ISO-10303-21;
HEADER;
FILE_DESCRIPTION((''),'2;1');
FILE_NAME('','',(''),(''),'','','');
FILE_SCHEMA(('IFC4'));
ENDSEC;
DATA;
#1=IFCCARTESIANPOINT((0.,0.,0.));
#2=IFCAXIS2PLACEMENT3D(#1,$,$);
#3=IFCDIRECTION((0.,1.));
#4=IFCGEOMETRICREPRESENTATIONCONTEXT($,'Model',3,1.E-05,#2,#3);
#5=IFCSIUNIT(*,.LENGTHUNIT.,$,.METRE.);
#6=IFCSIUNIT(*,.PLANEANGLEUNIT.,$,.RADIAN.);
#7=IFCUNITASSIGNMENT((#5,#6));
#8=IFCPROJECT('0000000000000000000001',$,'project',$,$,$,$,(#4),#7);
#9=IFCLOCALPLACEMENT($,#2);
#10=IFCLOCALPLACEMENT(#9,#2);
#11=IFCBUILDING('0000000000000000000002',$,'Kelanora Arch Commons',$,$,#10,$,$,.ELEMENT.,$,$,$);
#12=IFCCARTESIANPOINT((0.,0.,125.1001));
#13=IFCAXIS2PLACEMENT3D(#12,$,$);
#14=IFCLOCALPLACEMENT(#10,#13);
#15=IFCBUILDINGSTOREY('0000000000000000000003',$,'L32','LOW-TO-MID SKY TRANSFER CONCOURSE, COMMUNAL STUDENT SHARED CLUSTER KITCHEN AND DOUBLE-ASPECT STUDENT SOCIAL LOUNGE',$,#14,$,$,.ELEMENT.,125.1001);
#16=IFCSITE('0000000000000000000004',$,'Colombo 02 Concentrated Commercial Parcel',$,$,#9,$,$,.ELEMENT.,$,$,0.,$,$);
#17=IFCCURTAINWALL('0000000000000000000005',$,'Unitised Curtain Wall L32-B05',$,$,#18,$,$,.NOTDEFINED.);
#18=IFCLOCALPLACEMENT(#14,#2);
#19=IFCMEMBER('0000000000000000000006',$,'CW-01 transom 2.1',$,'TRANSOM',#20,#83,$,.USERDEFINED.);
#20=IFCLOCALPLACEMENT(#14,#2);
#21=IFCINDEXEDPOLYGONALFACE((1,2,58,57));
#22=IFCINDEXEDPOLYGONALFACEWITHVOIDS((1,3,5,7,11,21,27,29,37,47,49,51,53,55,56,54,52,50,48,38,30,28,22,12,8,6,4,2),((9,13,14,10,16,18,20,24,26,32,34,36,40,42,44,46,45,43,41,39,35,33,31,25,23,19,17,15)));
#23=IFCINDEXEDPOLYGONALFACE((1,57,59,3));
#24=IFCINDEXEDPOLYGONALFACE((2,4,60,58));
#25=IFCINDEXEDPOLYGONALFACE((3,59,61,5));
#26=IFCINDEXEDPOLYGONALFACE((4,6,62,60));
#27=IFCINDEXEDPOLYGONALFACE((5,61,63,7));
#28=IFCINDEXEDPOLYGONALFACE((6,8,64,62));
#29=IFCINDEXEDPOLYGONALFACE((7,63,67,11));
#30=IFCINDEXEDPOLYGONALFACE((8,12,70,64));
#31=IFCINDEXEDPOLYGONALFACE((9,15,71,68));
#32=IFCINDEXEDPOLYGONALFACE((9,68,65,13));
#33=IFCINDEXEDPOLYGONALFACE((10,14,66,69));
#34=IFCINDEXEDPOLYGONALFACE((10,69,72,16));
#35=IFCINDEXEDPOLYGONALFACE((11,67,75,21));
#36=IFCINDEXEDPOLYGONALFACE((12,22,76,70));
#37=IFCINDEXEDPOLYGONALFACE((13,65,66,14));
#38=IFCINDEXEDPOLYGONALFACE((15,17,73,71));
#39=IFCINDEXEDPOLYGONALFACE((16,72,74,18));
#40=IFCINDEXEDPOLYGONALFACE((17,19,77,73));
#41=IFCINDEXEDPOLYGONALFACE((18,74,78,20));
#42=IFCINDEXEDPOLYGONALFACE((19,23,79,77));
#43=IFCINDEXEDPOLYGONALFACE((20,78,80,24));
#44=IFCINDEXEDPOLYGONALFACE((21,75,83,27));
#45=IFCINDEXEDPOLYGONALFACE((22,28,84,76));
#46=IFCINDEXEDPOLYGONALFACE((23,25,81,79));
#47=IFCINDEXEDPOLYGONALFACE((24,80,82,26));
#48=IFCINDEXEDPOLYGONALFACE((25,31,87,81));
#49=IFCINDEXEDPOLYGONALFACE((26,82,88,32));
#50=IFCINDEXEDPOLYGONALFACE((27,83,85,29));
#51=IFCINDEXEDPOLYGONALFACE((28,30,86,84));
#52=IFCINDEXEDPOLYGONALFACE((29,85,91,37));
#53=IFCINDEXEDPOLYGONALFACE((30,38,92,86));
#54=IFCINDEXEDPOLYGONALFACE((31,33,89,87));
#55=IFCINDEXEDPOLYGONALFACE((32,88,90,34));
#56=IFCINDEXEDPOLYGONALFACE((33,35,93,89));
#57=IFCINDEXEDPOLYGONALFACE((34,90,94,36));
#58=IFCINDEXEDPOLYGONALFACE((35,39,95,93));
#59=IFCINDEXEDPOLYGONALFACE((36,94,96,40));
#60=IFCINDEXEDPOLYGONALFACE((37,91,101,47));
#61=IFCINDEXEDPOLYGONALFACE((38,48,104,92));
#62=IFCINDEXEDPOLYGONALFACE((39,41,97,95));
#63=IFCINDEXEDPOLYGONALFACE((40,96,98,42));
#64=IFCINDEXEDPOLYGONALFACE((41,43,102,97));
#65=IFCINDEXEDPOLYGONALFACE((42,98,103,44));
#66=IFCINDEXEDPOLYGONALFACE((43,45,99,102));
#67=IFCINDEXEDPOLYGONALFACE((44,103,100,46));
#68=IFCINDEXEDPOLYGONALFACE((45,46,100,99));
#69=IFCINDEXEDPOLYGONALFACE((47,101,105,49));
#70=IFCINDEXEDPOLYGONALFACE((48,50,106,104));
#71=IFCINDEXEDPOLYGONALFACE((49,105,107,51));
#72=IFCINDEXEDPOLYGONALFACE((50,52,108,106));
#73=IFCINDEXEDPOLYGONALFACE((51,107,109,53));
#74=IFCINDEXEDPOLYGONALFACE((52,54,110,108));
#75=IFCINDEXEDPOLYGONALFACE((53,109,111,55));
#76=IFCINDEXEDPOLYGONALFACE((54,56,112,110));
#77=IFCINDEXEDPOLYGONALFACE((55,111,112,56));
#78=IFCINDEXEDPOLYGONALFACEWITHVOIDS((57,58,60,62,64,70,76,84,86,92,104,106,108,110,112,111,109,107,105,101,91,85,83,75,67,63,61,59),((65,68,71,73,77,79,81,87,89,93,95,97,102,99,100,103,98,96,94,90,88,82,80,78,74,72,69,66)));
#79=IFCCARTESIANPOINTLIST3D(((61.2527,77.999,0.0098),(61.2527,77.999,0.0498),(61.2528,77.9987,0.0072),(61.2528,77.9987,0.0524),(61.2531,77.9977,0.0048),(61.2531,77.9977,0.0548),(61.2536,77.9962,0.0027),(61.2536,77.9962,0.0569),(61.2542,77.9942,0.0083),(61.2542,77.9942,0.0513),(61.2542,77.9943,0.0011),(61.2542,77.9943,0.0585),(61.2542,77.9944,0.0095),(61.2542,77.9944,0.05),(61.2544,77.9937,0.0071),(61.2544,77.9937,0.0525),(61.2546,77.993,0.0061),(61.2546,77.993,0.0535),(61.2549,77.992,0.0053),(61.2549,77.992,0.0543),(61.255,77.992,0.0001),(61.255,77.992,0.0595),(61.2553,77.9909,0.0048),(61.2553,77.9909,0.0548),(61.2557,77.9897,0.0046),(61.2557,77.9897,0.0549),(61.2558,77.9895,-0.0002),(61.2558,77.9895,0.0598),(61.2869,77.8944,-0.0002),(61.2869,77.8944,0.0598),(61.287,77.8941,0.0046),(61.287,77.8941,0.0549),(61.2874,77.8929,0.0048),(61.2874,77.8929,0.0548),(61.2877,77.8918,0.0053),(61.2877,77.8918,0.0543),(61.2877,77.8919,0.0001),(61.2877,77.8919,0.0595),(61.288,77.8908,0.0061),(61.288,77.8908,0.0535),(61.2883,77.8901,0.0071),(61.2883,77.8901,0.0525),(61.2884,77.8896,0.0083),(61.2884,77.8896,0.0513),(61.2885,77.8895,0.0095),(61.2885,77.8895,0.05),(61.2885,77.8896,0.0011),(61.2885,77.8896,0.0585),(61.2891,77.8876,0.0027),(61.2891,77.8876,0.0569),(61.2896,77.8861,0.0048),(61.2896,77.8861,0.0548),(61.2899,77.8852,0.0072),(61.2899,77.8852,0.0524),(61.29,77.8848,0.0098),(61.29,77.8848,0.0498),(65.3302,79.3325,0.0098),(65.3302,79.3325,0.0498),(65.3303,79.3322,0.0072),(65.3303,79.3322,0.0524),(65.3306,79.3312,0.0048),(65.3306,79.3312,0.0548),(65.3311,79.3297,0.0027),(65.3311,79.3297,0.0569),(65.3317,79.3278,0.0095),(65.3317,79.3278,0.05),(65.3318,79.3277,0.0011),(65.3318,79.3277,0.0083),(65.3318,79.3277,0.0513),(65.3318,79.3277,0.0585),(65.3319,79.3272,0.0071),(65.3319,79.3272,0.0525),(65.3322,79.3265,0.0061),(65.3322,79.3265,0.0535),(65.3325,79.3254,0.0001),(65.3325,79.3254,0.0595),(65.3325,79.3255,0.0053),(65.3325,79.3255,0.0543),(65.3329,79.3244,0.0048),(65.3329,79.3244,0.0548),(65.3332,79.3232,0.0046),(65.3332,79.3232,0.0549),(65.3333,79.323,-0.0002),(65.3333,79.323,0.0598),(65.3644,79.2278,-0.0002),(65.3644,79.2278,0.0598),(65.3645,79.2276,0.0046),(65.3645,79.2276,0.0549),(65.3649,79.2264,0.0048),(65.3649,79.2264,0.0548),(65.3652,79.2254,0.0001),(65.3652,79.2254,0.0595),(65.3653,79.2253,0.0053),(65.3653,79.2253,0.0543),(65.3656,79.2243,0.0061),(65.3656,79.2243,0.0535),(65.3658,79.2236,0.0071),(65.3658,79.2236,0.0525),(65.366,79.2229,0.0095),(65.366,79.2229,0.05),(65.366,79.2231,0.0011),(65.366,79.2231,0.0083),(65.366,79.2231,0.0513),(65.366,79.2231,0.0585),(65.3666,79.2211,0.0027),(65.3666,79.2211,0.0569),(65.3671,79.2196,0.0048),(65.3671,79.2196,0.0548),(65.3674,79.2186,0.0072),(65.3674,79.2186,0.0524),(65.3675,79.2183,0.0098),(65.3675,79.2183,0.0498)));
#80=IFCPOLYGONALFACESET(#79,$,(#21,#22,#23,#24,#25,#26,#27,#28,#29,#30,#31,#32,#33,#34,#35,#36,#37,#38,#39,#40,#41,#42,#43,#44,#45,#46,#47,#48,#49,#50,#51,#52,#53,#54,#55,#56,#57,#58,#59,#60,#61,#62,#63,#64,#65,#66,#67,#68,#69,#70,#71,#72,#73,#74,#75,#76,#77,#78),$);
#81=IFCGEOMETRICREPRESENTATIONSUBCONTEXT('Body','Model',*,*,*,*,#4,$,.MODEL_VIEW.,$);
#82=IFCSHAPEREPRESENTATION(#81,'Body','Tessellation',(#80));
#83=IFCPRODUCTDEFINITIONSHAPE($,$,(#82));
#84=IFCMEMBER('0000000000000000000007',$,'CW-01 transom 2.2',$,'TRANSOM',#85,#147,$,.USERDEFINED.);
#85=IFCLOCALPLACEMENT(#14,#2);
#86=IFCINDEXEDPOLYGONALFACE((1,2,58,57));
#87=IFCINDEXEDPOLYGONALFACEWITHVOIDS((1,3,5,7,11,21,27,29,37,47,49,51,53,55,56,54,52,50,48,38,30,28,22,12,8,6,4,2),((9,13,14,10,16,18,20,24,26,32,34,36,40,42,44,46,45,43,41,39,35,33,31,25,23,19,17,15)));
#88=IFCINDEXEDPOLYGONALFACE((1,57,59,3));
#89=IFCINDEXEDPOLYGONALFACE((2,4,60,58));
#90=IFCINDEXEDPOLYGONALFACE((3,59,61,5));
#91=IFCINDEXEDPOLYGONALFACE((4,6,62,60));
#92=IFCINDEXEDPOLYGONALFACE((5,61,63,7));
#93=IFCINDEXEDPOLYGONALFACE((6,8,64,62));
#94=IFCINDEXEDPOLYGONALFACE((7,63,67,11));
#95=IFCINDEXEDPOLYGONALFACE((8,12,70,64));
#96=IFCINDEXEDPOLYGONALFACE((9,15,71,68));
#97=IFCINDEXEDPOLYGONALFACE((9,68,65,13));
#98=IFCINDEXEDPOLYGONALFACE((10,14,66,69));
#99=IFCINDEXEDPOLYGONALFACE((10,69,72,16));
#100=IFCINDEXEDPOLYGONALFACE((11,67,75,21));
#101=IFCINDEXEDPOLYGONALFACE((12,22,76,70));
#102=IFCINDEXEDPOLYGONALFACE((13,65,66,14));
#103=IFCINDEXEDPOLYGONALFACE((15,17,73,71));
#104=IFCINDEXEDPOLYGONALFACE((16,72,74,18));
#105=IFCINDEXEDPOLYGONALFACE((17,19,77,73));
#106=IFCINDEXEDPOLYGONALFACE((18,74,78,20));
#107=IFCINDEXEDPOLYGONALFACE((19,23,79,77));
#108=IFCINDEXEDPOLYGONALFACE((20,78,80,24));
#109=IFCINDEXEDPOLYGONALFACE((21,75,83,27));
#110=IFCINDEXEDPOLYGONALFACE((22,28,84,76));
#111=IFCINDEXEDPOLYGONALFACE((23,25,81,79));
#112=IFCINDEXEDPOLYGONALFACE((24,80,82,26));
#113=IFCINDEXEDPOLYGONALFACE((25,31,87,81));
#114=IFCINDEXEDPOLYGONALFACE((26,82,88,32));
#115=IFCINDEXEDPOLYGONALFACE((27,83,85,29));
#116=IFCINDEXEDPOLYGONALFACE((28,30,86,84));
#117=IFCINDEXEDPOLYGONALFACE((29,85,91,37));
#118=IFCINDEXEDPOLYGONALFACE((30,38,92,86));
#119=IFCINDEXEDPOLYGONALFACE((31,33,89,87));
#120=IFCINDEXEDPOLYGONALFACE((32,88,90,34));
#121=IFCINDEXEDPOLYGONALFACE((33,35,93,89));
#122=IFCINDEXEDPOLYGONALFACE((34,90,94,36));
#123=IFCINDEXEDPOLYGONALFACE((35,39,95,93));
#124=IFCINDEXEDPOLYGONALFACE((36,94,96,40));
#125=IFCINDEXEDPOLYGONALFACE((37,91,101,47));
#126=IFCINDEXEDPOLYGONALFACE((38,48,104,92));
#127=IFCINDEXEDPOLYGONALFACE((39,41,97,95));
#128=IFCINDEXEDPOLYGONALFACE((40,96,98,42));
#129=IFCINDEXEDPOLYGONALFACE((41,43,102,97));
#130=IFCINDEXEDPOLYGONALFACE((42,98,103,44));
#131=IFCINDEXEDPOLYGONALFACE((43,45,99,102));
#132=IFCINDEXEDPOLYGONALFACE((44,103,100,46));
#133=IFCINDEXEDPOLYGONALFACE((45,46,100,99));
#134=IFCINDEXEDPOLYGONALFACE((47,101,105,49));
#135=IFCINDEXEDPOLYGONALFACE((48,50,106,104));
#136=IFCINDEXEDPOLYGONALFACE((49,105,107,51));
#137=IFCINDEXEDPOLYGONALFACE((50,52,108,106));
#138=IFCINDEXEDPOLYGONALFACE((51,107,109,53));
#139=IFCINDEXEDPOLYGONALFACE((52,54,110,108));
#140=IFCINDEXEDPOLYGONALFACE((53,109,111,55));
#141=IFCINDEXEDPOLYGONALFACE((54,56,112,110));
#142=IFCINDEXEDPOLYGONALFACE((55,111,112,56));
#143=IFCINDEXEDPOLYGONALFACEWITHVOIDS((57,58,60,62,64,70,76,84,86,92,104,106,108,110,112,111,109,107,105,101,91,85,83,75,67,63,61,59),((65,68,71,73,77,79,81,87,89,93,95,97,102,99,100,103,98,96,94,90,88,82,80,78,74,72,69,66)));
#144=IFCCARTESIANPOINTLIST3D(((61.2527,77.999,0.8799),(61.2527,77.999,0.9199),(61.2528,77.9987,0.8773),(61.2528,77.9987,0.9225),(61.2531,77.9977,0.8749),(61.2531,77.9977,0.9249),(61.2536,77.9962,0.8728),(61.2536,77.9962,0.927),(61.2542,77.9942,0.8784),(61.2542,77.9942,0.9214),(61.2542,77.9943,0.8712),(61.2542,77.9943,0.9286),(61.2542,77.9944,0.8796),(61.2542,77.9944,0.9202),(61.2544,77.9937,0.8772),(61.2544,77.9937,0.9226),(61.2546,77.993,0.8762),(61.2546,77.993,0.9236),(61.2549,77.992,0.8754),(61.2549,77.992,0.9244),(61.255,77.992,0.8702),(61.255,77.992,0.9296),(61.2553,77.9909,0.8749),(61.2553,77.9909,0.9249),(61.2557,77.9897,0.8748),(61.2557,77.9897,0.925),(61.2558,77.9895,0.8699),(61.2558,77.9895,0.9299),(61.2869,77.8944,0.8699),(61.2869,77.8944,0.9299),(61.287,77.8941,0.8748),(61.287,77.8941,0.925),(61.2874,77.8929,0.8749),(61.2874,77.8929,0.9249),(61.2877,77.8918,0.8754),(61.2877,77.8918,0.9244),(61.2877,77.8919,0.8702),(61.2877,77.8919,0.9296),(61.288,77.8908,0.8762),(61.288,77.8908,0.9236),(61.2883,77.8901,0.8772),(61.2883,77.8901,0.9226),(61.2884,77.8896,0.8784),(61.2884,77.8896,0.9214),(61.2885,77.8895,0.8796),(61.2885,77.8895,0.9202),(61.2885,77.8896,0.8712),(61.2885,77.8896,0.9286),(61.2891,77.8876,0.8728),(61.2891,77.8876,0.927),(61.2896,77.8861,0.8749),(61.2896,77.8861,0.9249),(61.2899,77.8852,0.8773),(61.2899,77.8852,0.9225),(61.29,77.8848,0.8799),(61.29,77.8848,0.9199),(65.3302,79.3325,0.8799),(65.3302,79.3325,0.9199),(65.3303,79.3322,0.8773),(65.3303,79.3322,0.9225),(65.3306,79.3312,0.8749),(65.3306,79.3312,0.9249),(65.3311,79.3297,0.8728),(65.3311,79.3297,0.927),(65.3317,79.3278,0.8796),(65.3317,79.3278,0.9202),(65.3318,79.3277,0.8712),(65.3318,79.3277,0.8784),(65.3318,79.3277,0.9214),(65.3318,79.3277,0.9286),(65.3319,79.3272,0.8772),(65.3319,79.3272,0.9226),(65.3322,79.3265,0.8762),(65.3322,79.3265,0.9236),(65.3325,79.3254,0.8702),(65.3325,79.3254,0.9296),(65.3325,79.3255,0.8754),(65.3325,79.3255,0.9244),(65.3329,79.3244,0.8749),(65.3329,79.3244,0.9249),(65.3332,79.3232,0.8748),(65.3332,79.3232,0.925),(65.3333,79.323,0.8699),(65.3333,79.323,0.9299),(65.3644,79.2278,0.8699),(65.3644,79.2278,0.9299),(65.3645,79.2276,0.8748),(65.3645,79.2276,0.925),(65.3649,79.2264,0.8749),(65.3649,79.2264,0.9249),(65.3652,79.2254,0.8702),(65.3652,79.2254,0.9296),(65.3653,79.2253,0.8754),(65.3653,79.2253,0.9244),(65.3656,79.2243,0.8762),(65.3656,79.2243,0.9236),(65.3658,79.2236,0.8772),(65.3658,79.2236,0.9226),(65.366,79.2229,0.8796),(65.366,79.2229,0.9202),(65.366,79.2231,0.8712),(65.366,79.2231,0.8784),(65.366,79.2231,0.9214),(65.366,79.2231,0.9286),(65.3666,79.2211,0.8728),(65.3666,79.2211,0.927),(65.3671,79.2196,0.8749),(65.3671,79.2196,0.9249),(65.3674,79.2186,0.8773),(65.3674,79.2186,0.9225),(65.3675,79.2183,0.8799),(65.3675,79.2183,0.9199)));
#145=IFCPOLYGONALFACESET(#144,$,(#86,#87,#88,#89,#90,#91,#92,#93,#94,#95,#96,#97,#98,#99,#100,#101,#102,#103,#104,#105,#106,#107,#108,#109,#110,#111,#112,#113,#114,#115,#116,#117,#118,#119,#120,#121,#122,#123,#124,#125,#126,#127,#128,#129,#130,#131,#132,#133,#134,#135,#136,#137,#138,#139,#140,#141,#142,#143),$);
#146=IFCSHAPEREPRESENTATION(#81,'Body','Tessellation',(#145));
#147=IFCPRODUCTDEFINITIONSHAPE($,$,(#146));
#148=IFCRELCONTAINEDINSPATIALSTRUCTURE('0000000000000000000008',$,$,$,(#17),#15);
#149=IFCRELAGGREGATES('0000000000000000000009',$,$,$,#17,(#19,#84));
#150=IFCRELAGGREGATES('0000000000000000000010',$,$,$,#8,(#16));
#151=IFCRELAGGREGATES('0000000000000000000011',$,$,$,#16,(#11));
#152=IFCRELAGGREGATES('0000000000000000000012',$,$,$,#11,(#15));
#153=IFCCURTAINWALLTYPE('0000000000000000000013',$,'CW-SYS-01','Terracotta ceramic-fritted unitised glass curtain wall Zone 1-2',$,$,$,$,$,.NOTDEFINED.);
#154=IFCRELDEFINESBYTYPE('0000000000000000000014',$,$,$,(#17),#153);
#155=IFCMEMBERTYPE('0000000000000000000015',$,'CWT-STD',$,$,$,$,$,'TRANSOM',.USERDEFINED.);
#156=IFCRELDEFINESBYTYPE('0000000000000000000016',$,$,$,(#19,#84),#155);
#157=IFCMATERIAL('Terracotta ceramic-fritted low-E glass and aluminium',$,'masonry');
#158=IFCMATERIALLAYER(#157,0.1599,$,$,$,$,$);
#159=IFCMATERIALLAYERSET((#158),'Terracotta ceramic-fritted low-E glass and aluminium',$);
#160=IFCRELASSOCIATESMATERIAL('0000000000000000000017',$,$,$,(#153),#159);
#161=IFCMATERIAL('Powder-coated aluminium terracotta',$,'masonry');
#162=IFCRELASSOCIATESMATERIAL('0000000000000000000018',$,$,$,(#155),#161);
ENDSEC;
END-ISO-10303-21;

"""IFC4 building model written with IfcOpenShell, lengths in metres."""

from ifc_helpers import new_model, si_unit, direction, frame, origin, origin_2d, place, context, subcontext, project, spatial, hollow_rectangle, extrude, material, layer, layer_set, material_profile, profile_set, type_object, element, aggregate, save


model = new_model("IFC4")

# Units and contexts
model_context = context("Model", 3, precision=1e-05, world=origin(), true_north=direction((0.0, 1.0)))
body_context = subcontext(model_context, "Body", "Model", "MODEL_VIEW")
ifc_project = project(units=[si_unit("LENGTHUNIT", "METRE"), si_unit("PLANEANGLEUNIT", "RADIAN")], contexts=[model_context])

# Site, building, storey
site_placement = place(None, origin())
site = spatial("IfcSite", under=ifc_project, at=site_placement, Name="Colombo 02 Concentrated Commercial Parcel", CompositionType="ELEMENT", RefElevation=0.0)
building_placement = place(site_placement, origin())
building = spatial("IfcBuilding", under=site, at=building_placement, Name="Kelanora Arch Commons", CompositionType="ELEMENT")
storey_placement = place(building_placement, frame((0.0, 0.0, 125.1001)))
storey = spatial("IfcBuildingStorey", under=building, at=storey_placement, Name="L32", Description="LOW-TO-MID SKY TRANSFER CONCOURSE, COMMUNAL STUDENT SHARED CLUSTER KITCHEN AND DOUBLE-ASPECT STUDENT SOCIAL LOUNGE", CompositionType="ELEMENT", Elevation=125.1001)

# Curtain wall, members
ifc_material_1 = material(Name="Terracotta ceramic-fritted low-E glass and aluminium", Category="masonry")
ifc_layer_1 = layer(ifc_material_1, 0.1599)
ifc_layer_set_1 = layer_set([ifc_layer_1], Name="Terracotta ceramic-fritted low-E glass and aluminium")
curtain_wall_type = type_object("IfcCurtainWallType", Name="CW-SYS-01", Description="Terracotta ceramic-fritted unitised glass curtain wall Zone 1-2", PredefinedType="NOTDEFINED", material=ifc_layer_set_1)
curtain_wall_placement = place(storey_placement, origin())
curtain_wall = element("IfcCurtainWall", 1, at=curtain_wall_placement, inside=storey, type_object=curtain_wall_type, Name="Unitised Curtain Wall L32-B05", PredefinedType="NOTDEFINED")
ifc_material_2 = material(Name="Powder-coated aluminium terracotta", Category="masonry")
ifc_material_profile_1 = material_profile(ifc_material_2, hollow_rectangle(XDim=0.1201, YDim=0.0601, WallThickness=0.0049, InnerFilletRadius=0.0049, OuterFilletRadius=0.01, at=origin_2d()), Name="CWT120x60")
ifc_profile_set_1 = profile_set([ifc_material_profile_1], Name="Powder-coated aluminium terracotta")
member_type_1 = type_object("IfcMemberType", Name="CWT-STD", ElementType="TRANSOM", PredefinedType="USERDEFINED", material=ifc_profile_set_1)
member_1_placement = place(storey_placement, frame((65.3489, 79.2754, 0.0298), z_axis=(-0.950466, -0.310828, 0.0), x_axis=(0.310828, -0.950466, 0.0)))
member_1 = element("IfcMember", 2, at=member_1_placement, type_object=member_type_1, Name="CW-01 transom 2.1", ObjectType="TRANSOM", PredefinedType="USERDEFINED", context=body_context, shape_type="SweptSolid", body=[
    extrude(hollow_rectangle(XDim=0.1201, YDim=0.0601, WallThickness=0.0049, InnerFilletRadius=0.0049, OuterFilletRadius=0.01, at=origin_2d()), origin(), (0.0, 0.0, 1.0), 4.29),
])
member_2_placement = place(storey_placement, frame((65.3489, 79.2754, 0.8999), z_axis=(-0.950466, -0.310828, 0.0), x_axis=(0.310828, -0.950466, 0.0)))
member_2 = element("IfcMember", 3, at=member_2_placement, type_object=member_type_1, Name="CW-01 transom 2.2", ObjectType="TRANSOM", PredefinedType="USERDEFINED", context=body_context, shape_type="SweptSolid", body=[
    extrude(hollow_rectangle(XDim=0.1201, YDim=0.0601, WallThickness=0.0049, InnerFilletRadius=0.0049, OuterFilletRadius=0.01, at=origin_2d()), origin(), (0.0, 0.0, 1.0), 4.29),
])
aggregate(curtain_wall, [member_1, member_2])

save(model, "model.ifc")
